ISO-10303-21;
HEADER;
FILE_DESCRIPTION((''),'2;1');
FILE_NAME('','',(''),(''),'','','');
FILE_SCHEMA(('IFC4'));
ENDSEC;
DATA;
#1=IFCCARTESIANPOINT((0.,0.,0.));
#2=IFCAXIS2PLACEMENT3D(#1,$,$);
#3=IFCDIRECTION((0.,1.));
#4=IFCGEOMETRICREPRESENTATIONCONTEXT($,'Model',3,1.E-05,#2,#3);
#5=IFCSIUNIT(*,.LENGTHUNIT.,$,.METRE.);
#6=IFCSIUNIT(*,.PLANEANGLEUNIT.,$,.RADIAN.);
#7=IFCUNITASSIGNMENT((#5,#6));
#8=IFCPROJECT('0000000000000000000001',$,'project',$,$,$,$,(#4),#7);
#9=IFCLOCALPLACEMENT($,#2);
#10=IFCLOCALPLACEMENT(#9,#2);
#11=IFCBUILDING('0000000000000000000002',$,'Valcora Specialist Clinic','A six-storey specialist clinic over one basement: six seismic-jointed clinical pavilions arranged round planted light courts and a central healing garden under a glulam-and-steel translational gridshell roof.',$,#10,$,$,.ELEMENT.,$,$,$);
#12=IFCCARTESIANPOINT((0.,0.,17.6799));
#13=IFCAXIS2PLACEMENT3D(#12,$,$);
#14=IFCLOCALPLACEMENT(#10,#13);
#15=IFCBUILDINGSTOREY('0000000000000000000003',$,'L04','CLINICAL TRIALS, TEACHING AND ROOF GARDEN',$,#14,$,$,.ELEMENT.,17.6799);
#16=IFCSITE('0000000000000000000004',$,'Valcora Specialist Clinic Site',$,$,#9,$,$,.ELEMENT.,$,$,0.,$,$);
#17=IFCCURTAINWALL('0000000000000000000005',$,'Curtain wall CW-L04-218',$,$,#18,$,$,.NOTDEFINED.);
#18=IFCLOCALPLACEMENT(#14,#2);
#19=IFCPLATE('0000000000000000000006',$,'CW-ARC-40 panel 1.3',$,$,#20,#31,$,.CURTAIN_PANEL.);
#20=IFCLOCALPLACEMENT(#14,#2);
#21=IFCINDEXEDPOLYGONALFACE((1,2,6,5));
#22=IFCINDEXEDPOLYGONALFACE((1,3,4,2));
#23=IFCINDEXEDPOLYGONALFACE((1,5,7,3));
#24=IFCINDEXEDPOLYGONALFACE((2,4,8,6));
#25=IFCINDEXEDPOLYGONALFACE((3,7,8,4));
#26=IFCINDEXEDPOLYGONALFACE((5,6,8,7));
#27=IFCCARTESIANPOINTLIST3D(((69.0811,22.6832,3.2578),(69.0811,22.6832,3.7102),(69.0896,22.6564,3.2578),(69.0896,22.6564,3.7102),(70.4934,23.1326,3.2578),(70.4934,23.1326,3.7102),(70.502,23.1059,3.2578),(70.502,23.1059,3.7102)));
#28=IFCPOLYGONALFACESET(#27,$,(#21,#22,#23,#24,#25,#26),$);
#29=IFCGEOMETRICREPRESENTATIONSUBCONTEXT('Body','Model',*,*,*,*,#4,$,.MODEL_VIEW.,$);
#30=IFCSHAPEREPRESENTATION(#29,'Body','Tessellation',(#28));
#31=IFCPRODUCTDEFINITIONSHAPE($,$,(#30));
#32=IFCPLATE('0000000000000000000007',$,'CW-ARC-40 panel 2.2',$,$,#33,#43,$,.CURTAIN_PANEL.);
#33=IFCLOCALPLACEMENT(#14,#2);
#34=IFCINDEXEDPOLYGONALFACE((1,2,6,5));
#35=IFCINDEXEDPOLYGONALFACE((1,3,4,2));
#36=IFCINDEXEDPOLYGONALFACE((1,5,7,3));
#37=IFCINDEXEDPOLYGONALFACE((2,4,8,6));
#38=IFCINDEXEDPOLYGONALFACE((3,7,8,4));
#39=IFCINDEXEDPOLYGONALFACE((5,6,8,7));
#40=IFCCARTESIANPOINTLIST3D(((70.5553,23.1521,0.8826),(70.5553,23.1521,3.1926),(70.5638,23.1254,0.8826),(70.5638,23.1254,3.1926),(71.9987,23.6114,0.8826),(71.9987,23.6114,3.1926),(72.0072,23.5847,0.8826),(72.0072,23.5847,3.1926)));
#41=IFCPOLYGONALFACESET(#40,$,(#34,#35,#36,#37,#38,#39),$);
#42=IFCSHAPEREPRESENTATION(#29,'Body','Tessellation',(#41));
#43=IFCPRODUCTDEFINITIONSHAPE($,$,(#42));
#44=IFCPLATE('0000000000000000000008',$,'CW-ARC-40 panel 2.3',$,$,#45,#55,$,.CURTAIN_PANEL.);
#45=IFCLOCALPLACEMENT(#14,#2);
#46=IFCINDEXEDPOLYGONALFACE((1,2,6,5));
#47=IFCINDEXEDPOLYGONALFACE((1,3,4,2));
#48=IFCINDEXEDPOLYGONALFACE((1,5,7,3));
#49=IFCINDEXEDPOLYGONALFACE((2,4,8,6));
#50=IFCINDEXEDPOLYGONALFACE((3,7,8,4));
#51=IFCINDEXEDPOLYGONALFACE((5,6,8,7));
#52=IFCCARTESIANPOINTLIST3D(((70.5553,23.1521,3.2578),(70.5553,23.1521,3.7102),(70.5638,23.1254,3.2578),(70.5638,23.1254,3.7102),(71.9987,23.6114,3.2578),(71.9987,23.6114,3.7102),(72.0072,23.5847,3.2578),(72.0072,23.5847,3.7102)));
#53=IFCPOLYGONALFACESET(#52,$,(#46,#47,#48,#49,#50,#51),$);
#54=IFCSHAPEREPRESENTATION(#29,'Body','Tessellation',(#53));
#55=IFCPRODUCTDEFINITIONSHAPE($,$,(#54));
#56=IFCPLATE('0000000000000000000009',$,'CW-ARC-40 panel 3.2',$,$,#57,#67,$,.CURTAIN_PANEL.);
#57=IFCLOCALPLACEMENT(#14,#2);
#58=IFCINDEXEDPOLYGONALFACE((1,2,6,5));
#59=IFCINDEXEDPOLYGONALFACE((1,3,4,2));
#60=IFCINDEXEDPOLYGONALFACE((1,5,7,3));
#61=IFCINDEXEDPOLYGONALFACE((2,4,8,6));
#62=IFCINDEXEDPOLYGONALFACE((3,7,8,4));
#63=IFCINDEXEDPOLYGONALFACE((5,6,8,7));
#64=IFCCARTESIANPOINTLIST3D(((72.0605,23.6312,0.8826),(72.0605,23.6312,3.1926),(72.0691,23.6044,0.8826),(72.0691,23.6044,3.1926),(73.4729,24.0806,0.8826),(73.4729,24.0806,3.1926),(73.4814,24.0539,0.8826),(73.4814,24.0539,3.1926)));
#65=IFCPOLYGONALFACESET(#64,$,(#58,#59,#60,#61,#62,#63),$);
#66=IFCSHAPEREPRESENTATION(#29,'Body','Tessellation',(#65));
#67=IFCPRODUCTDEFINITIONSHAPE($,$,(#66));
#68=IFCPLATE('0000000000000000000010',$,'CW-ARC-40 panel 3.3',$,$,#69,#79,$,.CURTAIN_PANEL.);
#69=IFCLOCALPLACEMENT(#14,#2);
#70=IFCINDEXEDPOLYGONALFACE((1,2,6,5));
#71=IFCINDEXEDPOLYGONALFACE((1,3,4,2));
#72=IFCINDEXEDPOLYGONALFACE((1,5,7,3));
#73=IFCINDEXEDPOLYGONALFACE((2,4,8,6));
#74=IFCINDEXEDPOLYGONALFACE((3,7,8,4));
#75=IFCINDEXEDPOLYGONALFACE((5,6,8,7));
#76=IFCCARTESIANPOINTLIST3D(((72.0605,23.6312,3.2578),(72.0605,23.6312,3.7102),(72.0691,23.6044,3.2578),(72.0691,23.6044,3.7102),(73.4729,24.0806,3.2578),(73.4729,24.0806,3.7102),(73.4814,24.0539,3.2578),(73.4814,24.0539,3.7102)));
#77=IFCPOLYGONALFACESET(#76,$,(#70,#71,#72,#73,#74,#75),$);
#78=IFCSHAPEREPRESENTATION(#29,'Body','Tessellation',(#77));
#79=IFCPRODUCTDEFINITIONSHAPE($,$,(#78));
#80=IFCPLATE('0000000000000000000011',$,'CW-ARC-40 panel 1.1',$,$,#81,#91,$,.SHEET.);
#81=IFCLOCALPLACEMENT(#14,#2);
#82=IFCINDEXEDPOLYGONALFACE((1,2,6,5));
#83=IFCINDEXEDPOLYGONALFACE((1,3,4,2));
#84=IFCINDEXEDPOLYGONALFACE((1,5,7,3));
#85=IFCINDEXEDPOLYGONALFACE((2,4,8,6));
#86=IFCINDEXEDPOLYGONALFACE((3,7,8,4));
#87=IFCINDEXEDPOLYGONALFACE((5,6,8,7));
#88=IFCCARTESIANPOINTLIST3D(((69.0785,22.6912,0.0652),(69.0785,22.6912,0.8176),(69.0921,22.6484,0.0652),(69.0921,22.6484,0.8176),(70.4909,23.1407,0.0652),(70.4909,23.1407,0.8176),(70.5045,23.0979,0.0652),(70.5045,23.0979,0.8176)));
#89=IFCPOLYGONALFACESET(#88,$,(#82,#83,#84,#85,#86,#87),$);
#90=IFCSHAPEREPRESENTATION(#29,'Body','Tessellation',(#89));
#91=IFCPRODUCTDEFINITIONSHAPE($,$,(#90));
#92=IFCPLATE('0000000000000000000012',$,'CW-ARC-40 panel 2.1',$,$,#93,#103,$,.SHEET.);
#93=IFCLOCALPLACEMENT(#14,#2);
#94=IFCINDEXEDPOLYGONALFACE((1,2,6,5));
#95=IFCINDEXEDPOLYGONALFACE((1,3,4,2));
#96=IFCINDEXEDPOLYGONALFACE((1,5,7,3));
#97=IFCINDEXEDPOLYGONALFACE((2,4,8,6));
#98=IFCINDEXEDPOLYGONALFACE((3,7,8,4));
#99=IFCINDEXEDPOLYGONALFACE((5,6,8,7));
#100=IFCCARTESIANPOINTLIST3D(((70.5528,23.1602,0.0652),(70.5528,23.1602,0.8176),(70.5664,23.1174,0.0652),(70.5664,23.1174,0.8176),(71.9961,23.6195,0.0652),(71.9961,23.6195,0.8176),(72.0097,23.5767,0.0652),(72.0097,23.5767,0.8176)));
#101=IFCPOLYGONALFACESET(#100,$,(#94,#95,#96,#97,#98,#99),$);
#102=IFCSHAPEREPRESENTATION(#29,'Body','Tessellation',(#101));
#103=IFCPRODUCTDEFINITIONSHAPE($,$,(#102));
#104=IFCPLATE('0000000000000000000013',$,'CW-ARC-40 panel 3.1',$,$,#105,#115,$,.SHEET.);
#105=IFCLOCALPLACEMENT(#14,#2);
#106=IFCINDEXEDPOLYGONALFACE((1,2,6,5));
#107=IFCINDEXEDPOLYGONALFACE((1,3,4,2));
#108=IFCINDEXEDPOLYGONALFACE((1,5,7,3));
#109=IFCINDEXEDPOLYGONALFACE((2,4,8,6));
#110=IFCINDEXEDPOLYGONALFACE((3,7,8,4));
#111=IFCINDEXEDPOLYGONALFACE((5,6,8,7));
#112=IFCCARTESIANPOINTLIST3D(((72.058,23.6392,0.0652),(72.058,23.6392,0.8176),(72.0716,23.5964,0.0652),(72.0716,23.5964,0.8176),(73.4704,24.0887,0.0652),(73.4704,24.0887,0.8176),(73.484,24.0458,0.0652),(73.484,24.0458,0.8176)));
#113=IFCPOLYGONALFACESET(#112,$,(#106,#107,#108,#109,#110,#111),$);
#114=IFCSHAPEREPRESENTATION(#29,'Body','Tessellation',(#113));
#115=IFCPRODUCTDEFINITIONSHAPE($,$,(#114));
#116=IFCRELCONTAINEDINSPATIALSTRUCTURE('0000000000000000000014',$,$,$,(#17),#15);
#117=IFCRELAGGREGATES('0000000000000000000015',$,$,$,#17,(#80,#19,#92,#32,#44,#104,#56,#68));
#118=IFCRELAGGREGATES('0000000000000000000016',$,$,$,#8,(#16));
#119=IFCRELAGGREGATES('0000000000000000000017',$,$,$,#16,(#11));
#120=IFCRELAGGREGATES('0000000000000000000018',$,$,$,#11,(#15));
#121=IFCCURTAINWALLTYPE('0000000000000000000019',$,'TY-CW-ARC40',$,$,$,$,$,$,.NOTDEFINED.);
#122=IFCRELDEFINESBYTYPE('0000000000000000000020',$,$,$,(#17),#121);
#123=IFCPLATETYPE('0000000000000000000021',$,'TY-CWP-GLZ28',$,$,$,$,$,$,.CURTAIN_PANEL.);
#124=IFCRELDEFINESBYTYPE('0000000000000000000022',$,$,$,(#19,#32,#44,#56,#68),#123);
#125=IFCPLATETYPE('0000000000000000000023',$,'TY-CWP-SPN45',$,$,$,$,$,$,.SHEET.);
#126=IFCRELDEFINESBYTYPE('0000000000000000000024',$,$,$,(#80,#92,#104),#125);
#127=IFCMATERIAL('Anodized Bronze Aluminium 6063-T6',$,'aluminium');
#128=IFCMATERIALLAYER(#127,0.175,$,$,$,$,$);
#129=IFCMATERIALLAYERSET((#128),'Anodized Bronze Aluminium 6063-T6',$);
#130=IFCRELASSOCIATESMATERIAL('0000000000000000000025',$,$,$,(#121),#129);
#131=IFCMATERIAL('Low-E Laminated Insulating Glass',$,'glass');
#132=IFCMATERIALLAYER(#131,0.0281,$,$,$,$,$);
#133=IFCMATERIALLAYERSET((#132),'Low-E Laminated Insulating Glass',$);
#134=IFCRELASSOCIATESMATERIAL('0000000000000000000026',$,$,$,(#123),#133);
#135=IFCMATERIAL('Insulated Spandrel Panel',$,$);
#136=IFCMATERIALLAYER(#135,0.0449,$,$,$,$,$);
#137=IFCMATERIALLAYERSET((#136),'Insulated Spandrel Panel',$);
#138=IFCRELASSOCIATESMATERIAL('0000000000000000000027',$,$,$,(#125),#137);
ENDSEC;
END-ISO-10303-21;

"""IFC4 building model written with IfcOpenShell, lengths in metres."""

from ifc_helpers import new_model, si_unit, direction, frame, origin, origin_2d, place, context, subcontext, project, spatial, rectangle, extrude, material, layer, layer_set, type_object, element, aggregate, save


model = new_model("IFC4")

# Units and contexts
model_context = context("Model", 3, precision=1e-05, world=origin(), true_north=direction((0.0, 1.0)))
body_context = subcontext(model_context, "Body", "Model", "MODEL_VIEW")
ifc_project = project(units=[si_unit("LENGTHUNIT", "METRE"), si_unit("PLANEANGLEUNIT", "RADIAN")], contexts=[model_context])

# Site, building, storey
site_placement = place(None, origin())
site = spatial("IfcSite", under=ifc_project, at=site_placement, Name="Valcora Specialist Clinic Site", CompositionType="ELEMENT", RefElevation=0.0)
building_placement = place(site_placement, origin())
building = spatial("IfcBuilding", under=site, at=building_placement, Name="Valcora Specialist Clinic", Description="A six-storey specialist clinic over one basement: six seismic-jointed clinical pavilions arranged round planted light courts and a central healing garden under a glulam-and-steel translational gridshell roof.", CompositionType="ELEMENT")
storey_placement = place(building_placement, frame((0.0, 0.0, 17.6799)))
storey = spatial("IfcBuildingStorey", under=building, at=storey_placement, Name="L04", Description="CLINICAL TRIALS, TEACHING AND ROOF GARDEN", CompositionType="ELEMENT", Elevation=17.6799)

# Curtain wall, plates
ifc_material_1 = material(Name="Anodized Bronze Aluminium 6063-T6", Category="aluminium")
ifc_layer_1 = layer(ifc_material_1, 0.175)
ifc_layer_set_1 = layer_set([ifc_layer_1], Name="Anodized Bronze Aluminium 6063-T6")
curtain_wall_type = type_object("IfcCurtainWallType", Name="TY-CW-ARC40", PredefinedType="NOTDEFINED", material=ifc_layer_set_1)
curtain_wall_placement = place(storey_placement, origin())
curtain_wall = element("IfcCurtainWall", 1, at=curtain_wall_placement, inside=storey, type_object=curtain_wall_type, Name="Curtain wall CW-L04-218", PredefinedType="NOTDEFINED")
ifc_material_2 = material(Name="Low-E Laminated Insulating Glass", Category="glass")
ifc_layer_2 = layer(ifc_material_2, 0.0281)
ifc_layer_set_2 = layer_set([ifc_layer_2], Name="Low-E Laminated Insulating Glass")
plate_type_1 = type_object("IfcPlateType", Name="TY-CWP-GLZ28", PredefinedType="CURTAIN_PANEL", material=ifc_layer_set_2)
plate_1_placement = place(storey_placement, frame((69.7915, 22.8945, 3.2578), z_axis=(0.0, 0.0, 1.0), x_axis=(0.952916, 0.303233, 0.0)))
plate_1 = element("IfcPlate", 2, at=plate_1_placement, type_object=plate_type_1, Name="CW-ARC-40 panel 1.3", PredefinedType="CURTAIN_PANEL", context=body_context, shape_type="SweptSolid", body=[
    extrude(rectangle(XDim=1.4822, YDim=0.0281, at=origin_2d()), origin(), (0.0, 0.0, 1.0), 0.4524),
])
plate_2_placement = place(storey_placement, frame((71.2812, 23.3684, 0.8826), z_axis=(0.0, 0.0, 1.0), x_axis=(0.952916, 0.303233, 0.0)))
plate_2 = element("IfcPlate", 3, at=plate_2_placement, type_object=plate_type_1, Name="CW-ARC-40 panel 2.2", PredefinedType="CURTAIN_PANEL", context=body_context, shape_type="SweptSolid", body=[
    extrude(rectangle(XDim=1.5146, YDim=0.0281, at=origin_2d()), origin(), (0.0, 0.0, 1.0), 2.3101),
])
plate_3_placement = place(storey_placement, frame((71.2812, 23.3684, 3.2578), z_axis=(0.0, 0.0, 1.0), x_axis=(0.952916, 0.303233, 0.0)))
plate_3 = element("IfcPlate", 4, at=plate_3_placement, type_object=plate_type_1, Name="CW-ARC-40 panel 2.3", PredefinedType="CURTAIN_PANEL", context=body_context, shape_type="SweptSolid", body=[
    extrude(rectangle(XDim=1.5146, YDim=0.0281, at=origin_2d()), origin(), (0.0, 0.0, 1.0), 0.4524),
])
plate_4_placement = place(storey_placement, frame((72.771, 23.8425, 0.8826), z_axis=(0.0, 0.0, 1.0), x_axis=(0.952916, 0.303233, 0.0)))
plate_4 = element("IfcPlate", 5, at=plate_4_placement, type_object=plate_type_1, Name="CW-ARC-40 panel 3.2", PredefinedType="CURTAIN_PANEL", context=body_context, shape_type="SweptSolid", body=[
    extrude(rectangle(XDim=1.4822, YDim=0.0281, at=origin_2d()), origin(), (0.0, 0.0, 1.0), 2.3101),
])
plate_5_placement = place(storey_placement, frame((72.771, 23.8425, 3.2578), z_axis=(0.0, 0.0, 1.0), x_axis=(0.952916, 0.303233, 0.0)))
plate_5 = element("IfcPlate", 6, at=plate_5_placement, type_object=plate_type_1, Name="CW-ARC-40 panel 3.3", PredefinedType="CURTAIN_PANEL", context=body_context, shape_type="SweptSolid", body=[
    extrude(rectangle(XDim=1.4822, YDim=0.0281, at=origin_2d()), origin(), (0.0, 0.0, 1.0), 0.4524),
])
ifc_material_3 = material(Name="Insulated Spandrel Panel")
ifc_layer_3 = layer(ifc_material_3, 0.0449)
ifc_layer_set_3 = layer_set([ifc_layer_3], Name="Insulated Spandrel Panel")
plate_type_2 = type_object("IfcPlateType", Name="TY-CWP-SPN45", PredefinedType="SHEET", material=ifc_layer_set_3)
plate_6_placement = place(storey_placement, frame((69.7915, 22.8945, 0.0652), z_axis=(0.0, 0.0, 1.0), x_axis=(0.952916, 0.303233, 0.0)))
plate_6 = element("IfcPlate", 7, at=plate_6_placement, type_object=plate_type_2, Name="CW-ARC-40 panel 1.1", PredefinedType="SHEET", context=body_context, shape_type="SweptSolid", body=[
    extrude(rectangle(XDim=1.4822, YDim=0.0449, at=origin_2d()), origin(), (0.0, 0.0, 1.0), 0.7524),
])
plate_7_placement = place(storey_placement, frame((71.2812, 23.3684, 0.0652), z_axis=(0.0, 0.0, 1.0), x_axis=(0.952916, 0.303233, 0.0)))
plate_7 = element("IfcPlate", 8, at=plate_7_placement, type_object=plate_type_2, Name="CW-ARC-40 panel 2.1", PredefinedType="SHEET", context=body_context, shape_type="SweptSolid", body=[
    extrude(rectangle(XDim=1.5146, YDim=0.0449, at=origin_2d()), origin(), (0.0, 0.0, 1.0), 0.7524),
])
plate_8_placement = place(storey_placement, frame((72.771, 23.8425, 0.0652), z_axis=(0.0, 0.0, 1.0), x_axis=(0.952916, 0.303233, 0.0)))
plate_8 = element("IfcPlate", 9, at=plate_8_placement, type_object=plate_type_2, Name="CW-ARC-40 panel 3.1", PredefinedType="SHEET", context=body_context, shape_type="SweptSolid", body=[
    extrude(rectangle(XDim=1.4822, YDim=0.0449, at=origin_2d()), origin(), (0.0, 0.0, 1.0), 0.7524),
])
aggregate(curtain_wall, [plate_6, plate_1, plate_7, plate_2, plate_3, plate_8, plate_4, plate_5])

save(model, "model.ifc")
